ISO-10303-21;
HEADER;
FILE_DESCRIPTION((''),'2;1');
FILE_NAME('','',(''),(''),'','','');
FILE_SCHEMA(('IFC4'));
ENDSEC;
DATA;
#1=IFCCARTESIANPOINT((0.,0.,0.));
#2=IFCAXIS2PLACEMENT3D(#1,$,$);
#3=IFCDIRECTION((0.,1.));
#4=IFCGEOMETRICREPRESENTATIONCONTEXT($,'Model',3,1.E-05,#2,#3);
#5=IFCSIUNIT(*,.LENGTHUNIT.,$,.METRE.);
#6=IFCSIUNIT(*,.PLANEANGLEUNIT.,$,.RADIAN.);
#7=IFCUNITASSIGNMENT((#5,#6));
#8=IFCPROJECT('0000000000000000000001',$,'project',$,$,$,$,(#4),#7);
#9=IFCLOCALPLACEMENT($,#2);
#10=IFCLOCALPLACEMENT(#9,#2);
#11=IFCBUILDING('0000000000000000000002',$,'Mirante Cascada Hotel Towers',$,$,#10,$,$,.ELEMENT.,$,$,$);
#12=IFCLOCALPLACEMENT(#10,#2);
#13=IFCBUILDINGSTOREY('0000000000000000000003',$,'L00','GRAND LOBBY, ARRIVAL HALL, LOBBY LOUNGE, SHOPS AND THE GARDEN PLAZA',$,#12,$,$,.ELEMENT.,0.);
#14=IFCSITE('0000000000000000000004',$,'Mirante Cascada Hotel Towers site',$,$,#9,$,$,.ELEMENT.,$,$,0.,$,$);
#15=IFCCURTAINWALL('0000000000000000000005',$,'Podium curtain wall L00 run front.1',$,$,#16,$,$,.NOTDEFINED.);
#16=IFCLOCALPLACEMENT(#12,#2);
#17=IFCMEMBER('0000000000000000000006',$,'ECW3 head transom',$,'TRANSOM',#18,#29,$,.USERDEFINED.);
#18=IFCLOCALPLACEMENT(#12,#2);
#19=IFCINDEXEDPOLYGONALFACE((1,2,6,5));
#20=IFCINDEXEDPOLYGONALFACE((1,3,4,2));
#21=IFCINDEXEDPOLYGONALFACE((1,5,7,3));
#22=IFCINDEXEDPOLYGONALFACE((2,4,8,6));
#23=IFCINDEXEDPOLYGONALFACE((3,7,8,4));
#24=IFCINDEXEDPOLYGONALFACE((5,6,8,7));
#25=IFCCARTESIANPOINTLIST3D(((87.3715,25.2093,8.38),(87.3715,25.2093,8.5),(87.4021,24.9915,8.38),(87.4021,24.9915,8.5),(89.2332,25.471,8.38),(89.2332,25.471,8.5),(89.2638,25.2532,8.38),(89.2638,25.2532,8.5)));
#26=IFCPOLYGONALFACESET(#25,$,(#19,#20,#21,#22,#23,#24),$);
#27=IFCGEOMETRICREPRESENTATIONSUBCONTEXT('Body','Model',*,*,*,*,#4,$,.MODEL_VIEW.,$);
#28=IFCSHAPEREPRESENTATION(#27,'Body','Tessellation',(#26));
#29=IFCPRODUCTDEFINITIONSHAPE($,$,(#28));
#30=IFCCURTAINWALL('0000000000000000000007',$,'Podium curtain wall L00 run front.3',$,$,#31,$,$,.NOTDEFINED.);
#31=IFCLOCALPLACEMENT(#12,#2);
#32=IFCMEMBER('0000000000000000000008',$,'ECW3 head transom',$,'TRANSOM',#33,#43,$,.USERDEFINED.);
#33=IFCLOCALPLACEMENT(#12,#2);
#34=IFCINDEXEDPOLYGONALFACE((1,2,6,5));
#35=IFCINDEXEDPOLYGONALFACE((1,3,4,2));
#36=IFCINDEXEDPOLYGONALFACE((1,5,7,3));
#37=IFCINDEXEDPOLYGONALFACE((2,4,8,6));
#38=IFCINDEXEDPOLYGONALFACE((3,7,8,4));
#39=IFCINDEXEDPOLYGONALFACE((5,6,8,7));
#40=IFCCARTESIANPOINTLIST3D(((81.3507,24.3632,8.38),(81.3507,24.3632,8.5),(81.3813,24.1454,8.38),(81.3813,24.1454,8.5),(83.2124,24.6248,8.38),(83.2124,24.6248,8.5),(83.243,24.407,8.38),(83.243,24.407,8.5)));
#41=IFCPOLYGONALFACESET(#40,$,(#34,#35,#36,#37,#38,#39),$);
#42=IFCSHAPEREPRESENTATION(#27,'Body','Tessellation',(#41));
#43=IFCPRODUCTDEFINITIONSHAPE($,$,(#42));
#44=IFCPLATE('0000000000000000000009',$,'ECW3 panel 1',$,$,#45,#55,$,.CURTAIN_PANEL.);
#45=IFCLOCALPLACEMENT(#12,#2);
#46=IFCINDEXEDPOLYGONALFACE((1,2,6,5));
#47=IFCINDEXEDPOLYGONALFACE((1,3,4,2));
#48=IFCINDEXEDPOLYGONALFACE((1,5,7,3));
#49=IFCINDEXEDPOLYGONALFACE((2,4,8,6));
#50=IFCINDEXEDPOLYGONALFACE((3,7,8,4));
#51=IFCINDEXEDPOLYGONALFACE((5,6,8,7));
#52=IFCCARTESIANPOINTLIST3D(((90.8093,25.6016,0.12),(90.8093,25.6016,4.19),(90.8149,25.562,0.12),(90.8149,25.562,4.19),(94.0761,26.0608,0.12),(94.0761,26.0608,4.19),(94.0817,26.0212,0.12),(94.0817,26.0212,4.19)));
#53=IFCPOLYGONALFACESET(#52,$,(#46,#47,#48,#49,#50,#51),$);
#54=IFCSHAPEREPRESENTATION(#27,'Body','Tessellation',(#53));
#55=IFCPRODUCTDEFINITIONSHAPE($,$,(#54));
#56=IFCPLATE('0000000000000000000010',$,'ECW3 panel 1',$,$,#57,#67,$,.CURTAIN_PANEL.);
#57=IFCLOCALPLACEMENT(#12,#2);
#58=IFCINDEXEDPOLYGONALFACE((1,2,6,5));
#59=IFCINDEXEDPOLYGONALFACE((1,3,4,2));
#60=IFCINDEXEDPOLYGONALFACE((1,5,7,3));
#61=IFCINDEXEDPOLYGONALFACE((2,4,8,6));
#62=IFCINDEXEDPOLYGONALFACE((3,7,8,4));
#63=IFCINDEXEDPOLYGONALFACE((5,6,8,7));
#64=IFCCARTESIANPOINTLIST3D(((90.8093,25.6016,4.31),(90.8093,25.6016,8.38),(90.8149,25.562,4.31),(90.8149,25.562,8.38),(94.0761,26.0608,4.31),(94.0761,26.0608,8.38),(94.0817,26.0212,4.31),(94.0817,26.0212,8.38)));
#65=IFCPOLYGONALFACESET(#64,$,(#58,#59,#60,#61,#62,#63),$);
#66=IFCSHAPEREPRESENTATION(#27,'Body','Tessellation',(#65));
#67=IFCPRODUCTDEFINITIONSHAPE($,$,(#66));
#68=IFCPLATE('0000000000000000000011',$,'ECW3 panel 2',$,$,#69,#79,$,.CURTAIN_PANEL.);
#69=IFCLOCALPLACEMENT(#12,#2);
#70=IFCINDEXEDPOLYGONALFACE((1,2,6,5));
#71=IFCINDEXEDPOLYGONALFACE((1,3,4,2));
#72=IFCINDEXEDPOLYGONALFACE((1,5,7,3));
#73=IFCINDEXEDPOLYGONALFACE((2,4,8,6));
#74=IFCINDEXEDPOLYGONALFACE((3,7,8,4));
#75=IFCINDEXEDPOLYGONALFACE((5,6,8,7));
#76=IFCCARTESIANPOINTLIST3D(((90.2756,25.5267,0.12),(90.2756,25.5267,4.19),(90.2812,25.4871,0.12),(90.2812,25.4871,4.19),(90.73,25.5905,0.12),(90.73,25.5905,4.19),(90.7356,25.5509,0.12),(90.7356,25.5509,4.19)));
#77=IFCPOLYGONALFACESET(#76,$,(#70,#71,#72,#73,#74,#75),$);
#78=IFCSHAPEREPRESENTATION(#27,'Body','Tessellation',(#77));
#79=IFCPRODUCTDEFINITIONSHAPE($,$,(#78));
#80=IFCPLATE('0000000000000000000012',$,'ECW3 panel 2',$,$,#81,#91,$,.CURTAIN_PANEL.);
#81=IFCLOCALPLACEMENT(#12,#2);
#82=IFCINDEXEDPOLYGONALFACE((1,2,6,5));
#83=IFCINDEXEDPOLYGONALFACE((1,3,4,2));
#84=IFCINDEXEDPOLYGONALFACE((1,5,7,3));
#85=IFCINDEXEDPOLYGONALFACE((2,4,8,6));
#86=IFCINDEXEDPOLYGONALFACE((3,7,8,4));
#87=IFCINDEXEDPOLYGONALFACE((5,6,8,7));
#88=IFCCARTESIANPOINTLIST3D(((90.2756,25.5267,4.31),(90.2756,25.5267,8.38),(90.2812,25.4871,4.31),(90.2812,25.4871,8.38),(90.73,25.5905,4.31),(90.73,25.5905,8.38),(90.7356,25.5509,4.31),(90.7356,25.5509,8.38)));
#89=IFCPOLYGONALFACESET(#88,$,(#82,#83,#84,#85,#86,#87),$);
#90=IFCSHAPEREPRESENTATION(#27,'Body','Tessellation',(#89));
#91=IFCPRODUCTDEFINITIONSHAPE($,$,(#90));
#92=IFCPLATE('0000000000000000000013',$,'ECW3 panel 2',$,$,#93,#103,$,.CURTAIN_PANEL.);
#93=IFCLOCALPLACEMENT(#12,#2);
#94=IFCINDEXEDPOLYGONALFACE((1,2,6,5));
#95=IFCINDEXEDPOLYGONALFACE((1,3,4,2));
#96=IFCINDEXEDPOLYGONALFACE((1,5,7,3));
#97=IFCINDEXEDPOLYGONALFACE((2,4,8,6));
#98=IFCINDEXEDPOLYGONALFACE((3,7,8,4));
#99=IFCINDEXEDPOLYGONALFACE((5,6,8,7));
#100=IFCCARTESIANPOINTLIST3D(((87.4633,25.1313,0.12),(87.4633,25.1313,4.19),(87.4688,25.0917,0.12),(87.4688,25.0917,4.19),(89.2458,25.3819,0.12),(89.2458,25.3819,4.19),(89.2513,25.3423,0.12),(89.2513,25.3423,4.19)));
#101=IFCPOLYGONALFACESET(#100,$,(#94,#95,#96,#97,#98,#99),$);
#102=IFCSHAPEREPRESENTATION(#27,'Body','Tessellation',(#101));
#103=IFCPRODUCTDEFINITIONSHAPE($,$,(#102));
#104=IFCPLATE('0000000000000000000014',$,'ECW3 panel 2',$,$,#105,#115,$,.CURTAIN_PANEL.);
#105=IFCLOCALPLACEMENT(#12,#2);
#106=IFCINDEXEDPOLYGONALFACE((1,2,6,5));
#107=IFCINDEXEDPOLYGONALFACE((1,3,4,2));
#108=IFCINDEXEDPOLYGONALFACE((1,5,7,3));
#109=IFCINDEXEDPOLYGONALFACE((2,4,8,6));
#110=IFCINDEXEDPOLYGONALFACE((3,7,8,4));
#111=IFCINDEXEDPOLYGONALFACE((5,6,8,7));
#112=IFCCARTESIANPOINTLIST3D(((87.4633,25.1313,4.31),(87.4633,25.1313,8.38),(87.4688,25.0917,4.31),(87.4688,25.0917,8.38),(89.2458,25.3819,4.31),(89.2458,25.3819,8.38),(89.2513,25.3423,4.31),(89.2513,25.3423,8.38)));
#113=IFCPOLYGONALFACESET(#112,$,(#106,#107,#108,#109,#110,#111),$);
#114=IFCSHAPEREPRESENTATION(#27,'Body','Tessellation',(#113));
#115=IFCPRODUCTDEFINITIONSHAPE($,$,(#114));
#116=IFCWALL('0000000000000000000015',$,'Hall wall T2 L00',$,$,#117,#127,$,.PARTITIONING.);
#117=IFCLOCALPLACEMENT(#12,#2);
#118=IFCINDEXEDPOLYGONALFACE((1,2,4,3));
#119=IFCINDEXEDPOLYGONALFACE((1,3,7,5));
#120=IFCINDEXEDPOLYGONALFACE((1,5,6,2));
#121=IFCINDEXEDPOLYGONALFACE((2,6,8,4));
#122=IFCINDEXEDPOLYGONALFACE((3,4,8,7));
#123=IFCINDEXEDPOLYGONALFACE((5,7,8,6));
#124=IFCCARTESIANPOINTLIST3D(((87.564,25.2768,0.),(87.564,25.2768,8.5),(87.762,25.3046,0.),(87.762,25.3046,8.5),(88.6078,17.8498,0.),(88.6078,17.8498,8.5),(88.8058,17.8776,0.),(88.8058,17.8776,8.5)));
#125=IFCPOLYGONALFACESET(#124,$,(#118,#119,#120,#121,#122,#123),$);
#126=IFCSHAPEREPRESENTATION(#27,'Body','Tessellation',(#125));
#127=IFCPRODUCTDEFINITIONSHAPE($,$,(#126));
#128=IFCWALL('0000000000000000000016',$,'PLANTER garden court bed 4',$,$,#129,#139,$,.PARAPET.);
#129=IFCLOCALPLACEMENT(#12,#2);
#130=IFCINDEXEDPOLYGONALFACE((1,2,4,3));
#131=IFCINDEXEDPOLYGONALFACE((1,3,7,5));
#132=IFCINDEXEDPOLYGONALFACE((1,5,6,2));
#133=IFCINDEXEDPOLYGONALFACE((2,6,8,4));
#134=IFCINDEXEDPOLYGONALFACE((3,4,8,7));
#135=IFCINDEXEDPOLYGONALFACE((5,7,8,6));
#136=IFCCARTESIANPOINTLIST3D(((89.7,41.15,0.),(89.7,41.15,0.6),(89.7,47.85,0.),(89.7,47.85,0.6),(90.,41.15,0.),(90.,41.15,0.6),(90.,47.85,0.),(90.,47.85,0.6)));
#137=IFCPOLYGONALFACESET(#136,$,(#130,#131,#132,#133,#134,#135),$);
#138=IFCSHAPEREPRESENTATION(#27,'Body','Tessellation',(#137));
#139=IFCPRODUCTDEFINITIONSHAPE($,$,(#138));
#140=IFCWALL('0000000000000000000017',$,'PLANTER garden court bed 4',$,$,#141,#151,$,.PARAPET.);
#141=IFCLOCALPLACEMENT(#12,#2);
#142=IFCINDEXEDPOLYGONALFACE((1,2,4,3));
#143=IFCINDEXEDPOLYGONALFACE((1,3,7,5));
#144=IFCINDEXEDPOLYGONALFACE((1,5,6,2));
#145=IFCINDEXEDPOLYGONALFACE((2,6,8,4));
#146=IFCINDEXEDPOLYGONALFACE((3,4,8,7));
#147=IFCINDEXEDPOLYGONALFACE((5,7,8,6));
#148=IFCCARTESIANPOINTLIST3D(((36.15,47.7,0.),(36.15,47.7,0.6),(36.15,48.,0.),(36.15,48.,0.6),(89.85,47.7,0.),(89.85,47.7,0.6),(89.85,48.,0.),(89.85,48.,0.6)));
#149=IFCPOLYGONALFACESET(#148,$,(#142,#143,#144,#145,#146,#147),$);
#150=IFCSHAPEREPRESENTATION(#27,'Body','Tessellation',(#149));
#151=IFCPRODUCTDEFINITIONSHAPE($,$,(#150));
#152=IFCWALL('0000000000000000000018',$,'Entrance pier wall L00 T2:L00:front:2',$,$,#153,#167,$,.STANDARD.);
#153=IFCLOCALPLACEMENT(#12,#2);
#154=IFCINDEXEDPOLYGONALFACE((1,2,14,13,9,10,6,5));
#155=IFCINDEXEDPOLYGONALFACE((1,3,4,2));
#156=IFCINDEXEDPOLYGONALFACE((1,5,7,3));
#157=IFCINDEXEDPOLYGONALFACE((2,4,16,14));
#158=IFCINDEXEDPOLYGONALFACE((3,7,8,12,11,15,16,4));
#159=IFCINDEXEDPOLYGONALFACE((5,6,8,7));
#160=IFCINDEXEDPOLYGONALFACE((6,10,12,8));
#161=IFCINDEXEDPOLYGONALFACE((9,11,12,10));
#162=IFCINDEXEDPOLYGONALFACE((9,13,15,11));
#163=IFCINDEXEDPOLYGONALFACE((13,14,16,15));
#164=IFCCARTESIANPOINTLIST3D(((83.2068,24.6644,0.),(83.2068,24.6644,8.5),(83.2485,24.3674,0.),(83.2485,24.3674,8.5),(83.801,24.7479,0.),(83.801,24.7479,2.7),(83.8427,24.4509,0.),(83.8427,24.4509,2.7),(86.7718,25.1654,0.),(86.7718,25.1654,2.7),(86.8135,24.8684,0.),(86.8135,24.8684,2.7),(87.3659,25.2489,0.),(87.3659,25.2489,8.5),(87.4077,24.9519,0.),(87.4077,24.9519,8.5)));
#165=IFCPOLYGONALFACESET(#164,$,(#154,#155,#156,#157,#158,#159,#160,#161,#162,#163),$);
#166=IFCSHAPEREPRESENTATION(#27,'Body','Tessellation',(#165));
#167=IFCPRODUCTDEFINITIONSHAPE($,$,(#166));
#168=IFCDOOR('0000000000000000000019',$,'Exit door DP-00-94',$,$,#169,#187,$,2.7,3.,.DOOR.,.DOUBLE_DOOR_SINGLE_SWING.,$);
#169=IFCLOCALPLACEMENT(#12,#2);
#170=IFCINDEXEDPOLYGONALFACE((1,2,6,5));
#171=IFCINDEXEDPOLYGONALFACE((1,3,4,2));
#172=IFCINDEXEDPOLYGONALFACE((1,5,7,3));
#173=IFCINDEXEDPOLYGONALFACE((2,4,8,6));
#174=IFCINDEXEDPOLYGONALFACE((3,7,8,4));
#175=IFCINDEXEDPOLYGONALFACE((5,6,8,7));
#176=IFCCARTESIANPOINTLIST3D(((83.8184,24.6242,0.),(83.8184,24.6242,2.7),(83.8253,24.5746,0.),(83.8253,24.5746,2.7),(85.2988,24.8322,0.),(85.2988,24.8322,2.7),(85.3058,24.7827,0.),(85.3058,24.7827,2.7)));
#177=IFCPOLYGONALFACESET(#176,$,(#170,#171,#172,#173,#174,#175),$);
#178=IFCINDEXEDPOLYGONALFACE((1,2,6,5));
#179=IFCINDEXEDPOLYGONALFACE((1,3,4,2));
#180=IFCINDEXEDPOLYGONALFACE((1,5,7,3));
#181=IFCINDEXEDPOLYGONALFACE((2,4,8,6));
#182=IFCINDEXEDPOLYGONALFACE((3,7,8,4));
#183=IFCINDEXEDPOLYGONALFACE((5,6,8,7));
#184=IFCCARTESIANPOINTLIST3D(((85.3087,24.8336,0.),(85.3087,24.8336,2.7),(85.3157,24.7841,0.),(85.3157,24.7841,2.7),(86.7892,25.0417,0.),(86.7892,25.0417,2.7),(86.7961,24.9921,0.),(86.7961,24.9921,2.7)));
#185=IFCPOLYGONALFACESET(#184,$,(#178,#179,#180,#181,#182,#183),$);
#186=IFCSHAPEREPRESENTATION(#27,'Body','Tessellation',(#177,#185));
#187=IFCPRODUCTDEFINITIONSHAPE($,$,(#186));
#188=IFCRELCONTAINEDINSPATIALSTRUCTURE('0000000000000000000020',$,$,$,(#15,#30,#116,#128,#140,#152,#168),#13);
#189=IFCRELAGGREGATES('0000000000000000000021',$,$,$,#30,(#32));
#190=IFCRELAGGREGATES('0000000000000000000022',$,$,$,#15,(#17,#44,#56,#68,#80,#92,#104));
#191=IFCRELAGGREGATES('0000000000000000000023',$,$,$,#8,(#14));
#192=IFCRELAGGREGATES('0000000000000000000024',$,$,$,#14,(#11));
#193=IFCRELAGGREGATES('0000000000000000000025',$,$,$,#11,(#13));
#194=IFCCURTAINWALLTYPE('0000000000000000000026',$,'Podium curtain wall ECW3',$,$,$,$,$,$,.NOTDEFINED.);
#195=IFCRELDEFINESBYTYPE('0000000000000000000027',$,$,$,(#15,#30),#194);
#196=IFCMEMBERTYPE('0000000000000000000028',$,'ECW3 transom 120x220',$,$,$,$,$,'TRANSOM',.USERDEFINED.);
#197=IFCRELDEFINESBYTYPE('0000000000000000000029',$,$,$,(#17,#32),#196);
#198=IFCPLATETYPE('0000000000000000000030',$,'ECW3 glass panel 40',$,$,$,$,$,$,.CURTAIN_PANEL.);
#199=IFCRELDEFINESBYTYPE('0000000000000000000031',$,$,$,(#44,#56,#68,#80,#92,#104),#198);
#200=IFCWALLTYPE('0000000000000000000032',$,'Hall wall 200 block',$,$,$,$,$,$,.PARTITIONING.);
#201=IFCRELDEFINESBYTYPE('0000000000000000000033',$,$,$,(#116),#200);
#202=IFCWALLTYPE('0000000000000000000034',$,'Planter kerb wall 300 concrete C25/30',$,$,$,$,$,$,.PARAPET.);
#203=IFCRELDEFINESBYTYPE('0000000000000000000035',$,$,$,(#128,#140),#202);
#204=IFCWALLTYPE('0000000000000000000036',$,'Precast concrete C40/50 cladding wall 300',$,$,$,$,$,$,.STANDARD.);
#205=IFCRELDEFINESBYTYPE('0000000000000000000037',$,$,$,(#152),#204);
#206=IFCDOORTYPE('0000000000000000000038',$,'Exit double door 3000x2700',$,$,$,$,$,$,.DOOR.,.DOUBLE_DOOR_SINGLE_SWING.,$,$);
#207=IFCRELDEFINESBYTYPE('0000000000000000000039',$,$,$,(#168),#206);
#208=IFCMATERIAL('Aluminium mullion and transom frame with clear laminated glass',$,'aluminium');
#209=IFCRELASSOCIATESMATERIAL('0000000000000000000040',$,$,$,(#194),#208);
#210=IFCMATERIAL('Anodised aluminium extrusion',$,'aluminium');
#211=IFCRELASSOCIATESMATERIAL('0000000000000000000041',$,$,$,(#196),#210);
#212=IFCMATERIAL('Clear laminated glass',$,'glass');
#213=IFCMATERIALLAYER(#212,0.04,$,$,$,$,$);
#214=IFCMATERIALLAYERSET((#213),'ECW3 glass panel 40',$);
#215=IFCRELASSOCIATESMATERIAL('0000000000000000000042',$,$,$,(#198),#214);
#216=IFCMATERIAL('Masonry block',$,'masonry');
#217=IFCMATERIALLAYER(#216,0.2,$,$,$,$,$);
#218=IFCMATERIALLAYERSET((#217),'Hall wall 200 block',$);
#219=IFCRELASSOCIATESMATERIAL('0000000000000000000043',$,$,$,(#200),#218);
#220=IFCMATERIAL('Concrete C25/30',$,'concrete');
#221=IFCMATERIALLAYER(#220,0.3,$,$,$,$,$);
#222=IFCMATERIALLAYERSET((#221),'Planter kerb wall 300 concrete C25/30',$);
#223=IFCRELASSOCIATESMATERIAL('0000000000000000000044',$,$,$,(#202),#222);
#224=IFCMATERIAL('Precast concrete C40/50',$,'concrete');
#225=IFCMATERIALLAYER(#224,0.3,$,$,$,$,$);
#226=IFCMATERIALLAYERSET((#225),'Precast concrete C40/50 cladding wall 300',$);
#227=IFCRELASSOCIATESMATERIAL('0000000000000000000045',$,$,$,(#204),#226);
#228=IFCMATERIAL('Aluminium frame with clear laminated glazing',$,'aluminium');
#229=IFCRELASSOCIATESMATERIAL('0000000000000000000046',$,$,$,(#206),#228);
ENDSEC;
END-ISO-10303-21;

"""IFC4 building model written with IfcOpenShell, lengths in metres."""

from ifc_helpers import new_model, si_unit, direction, frame, frame_2d, origin, origin_2d, place, context, subcontext, project, spatial, rectangle, extrude, material, layer, layer_set, material_profile, profile_set, type_object, element, fill, aggregate, save


model = new_model("IFC4")

# Units and contexts
model_context = context("Model", 3, precision=1e-05, world=origin(), true_north=direction((0.0, 1.0)))
body_context = subcontext(model_context, "Body", "Model", "MODEL_VIEW")
ifc_project = project(units=[si_unit("LENGTHUNIT", "METRE"), si_unit("PLANEANGLEUNIT", "RADIAN")], contexts=[model_context])

# Site, building, storey
site_placement = place(None, origin())
site = spatial("IfcSite", under=ifc_project, at=site_placement, Name="Mirante Cascada Hotel Towers site", CompositionType="ELEMENT", RefElevation=0.0)
building_placement = place(site_placement, origin())
building = spatial("IfcBuilding", under=site, at=building_placement, Name="Mirante Cascada Hotel Towers", CompositionType="ELEMENT")
storey_placement = place(building_placement, origin())
storey = spatial("IfcBuildingStorey", under=building, at=storey_placement, Name="L00", Description="GRAND LOBBY, ARRIVAL HALL, LOBBY LOUNGE, SHOPS AND THE GARDEN PLAZA", CompositionType="ELEMENT", Elevation=0.0)

# Curtain wall, member
ifc_material_1 = material(Name="Aluminium mullion and transom frame with clear laminated glass", Category="aluminium")
curtain_wall_type = type_object("IfcCurtainWallType", Name="Podium curtain wall ECW3", PredefinedType="NOTDEFINED", material=ifc_material_1)
curtain_wall_1_placement = place(storey_placement, origin())
curtain_wall_1 = element("IfcCurtainWall", 1, at=curtain_wall_1_placement, inside=storey, type_object=curtain_wall_type, Name="Podium curtain wall L00 run front.1", PredefinedType="NOTDEFINED")
ifc_material_2 = material(Name="Anodised aluminium extrusion", Category="aluminium")
ifc_material_profile_1 = material_profile(ifc_material_2, rectangle(XDim=0.22, YDim=0.12, at=origin_2d()), Name="ECW3 TRANSOM 120x220")
ifc_profile_set_1 = profile_set([ifc_material_profile_1], Name="Anodised aluminium extrusion")
member_type_1 = type_object("IfcMemberType", Name="ECW3 transom 120x220", ElementType="TRANSOM", PredefinedType="USERDEFINED", material=ifc_profile_set_1)
member_1_placement = place(storey_placement, frame((89.2485, 25.3621, 8.44), z_axis=(-0.990264, -0.139202, 0.0), x_axis=(0.139202, -0.990264, 0.0)))
member_1 = element("IfcMember", 2, at=member_1_placement, type_object=member_type_1, Name="ECW3 head transom", ObjectType="TRANSOM", PredefinedType="USERDEFINED", context=body_context, shape_type="SweptSolid", body=[
    extrude(rectangle(XDim=0.22, YDim=0.12, at=origin_2d()), origin(), (0.0, 0.0, 1.0), 1.88),
])

# Curtain wall, member
curtain_wall_2_placement = place(storey_placement, origin())
curtain_wall_2 = element("IfcCurtainWall", 3, at=curtain_wall_2_placement, inside=storey, type_object=curtain_wall_type, Name="Podium curtain wall L00 run front.3", PredefinedType="NOTDEFINED")
member_2_placement = place(storey_placement, frame((83.2277, 24.5159, 8.44), z_axis=(-0.990271, -0.13915, 0.0), x_axis=(0.13915, -0.990271, 0.0)))
member_2 = element("IfcMember", 4, at=member_2_placement, type_object=member_type_1, Name="ECW3 head transom", ObjectType="TRANSOM", PredefinedType="USERDEFINED", context=body_context, shape_type="SweptSolid", body=[
    extrude(rectangle(XDim=0.22, YDim=0.12, at=origin_2d()), origin(), (0.0, 0.0, 1.0), 1.88),
])
aggregate(curtain_wall_2, [member_2])

# Plates
ifc_material_3 = material(Name="Clear laminated glass", Category="glass")
ifc_layer_1 = layer(ifc_material_3, 0.04)
ifc_layer_set_1 = layer_set([ifc_layer_1], Name="ECW3 glass panel 40")
plate_type = type_object("IfcPlateType", Name="ECW3 glass panel 40", PredefinedType="CURTAIN_PANEL", material=ifc_layer_set_1)
plate_1_placement = place(storey_placement, frame((92.4455, 25.8114, 0.12), z_axis=(0.0, 0.0, 1.0), x_axis=(-0.990268, -0.139173, 0.0)))
plate_1 = element("IfcPlate", 5, at=plate_1_placement, type_object=plate_type, Name="ECW3 panel 1", PredefinedType="CURTAIN_PANEL", context=body_context, shape_type="SweptSolid", body=[
    extrude(rectangle(XDim=3.2989, YDim=0.04, at=origin_2d()), origin(), (0.0, 0.0, 1.0), 4.07),
])
plate_2_placement = place(storey_placement, frame((92.4455, 25.8114, 4.31), z_axis=(0.0, 0.0, 1.0), x_axis=(-0.990268, -0.139173, 0.0)))
plate_2 = element("IfcPlate", 6, at=plate_2_placement, type_object=plate_type, Name="ECW3 panel 1", PredefinedType="CURTAIN_PANEL", context=body_context, shape_type="SweptSolid", body=[
    extrude(rectangle(XDim=3.2989, YDim=0.04, at=origin_2d()), origin(), (0.0, 0.0, 1.0), 4.07),
])
plate_3_placement = place(storey_placement, frame((90.5056, 25.5388, 0.12), z_axis=(0.0, 0.0, 1.0), x_axis=(-0.990268, -0.139173, 0.0)))
plate_3 = element("IfcPlate", 7, at=plate_3_placement, type_object=plate_type, Name="ECW3 panel 2", PredefinedType="CURTAIN_PANEL", context=body_context, shape_type="SweptSolid", body=[
    extrude(rectangle(XDim=0.4589, YDim=0.04, at=origin_2d()), origin(), (0.0, 0.0, 1.0), 4.07),
])
plate_4_placement = place(storey_placement, frame((90.5056, 25.5388, 4.31), z_axis=(0.0, 0.0, 1.0), x_axis=(-0.990268, -0.139173, 0.0)))
plate_4 = element("IfcPlate", 8, at=plate_4_placement, type_object=plate_type, Name="ECW3 panel 2", PredefinedType="CURTAIN_PANEL", context=body_context, shape_type="SweptSolid", body=[
    extrude(rectangle(XDim=0.4589, YDim=0.04, at=origin_2d()), origin(), (0.0, 0.0, 1.0), 4.07),
])
plate_5_placement = place(storey_placement, frame((88.3573, 25.2368, 0.12), z_axis=(0.0, 0.0, 1.0), x_axis=(-0.990268, -0.139173, 0.0)))
plate_5 = element("IfcPlate", 9, at=plate_5_placement, type_object=plate_type, Name="ECW3 panel 2", PredefinedType="CURTAIN_PANEL", context=body_context, shape_type="SweptSolid", body=[
    extrude(rectangle(XDim=1.8, YDim=0.04, at=origin_2d()), origin(), (0.0, 0.0, 1.0), 4.07),
])
plate_6_placement = place(storey_placement, frame((88.3573, 25.2368, 4.31), z_axis=(0.0, 0.0, 1.0), x_axis=(-0.990268, -0.139173, 0.0)))
plate_6 = element("IfcPlate", 10, at=plate_6_placement, type_object=plate_type, Name="ECW3 panel 2", PredefinedType="CURTAIN_PANEL", context=body_context, shape_type="SweptSolid", body=[
    extrude(rectangle(XDim=1.8, YDim=0.04, at=origin_2d()), origin(), (0.0, 0.0, 1.0), 4.07),
])
aggregate(curtain_wall_1, [member_1, plate_1, plate_2, plate_3, plate_4, plate_5, plate_6])

# Walls
ifc_material_4 = material(Name="Masonry block", Category="masonry")
ifc_layer_2 = layer(ifc_material_4, 0.2)
ifc_layer_set_2 = layer_set([ifc_layer_2], Name="Hall wall 200 block")
wall_type_1 = type_object("IfcWallType", Name="Hall wall 200 block", PredefinedType="PARTITIONING", material=ifc_layer_set_2)
wall_1_placement = place(storey_placement, frame((87.663, 25.2907, 0.0), z_axis=(0.0, 0.0, 1.0), x_axis=(0.139174, -0.990268, 0.0)))
element("IfcWall", 11, at=wall_1_placement, inside=storey, type_object=wall_type_1, Name="Hall wall T2 L00", PredefinedType="PARTITIONING", context=body_context, shape_type="SweptSolid", body=[
    extrude(rectangle(XDim=7.5, YDim=0.2, at=frame_2d((3.75, 0.0))), origin(), (0.0, 0.0, 1.0), 8.5),
])
ifc_material_5 = material(Name="Concrete C25/30", Category="concrete")
ifc_layer_3 = layer(ifc_material_5, 0.3)
ifc_layer_set_3 = layer_set([ifc_layer_3], Name="Planter kerb wall 300 concrete C25/30")
wall_type_2 = type_object("IfcWallType", Name="Planter kerb wall 300 concrete C25/30", PredefinedType="PARAPET", material=ifc_layer_set_3)
wall_2_placement = place(storey_placement, frame((89.85, 41.15, 0.0), z_axis=(0.0, 0.0, 1.0), x_axis=(0.0, 1.0, 0.0)))
element("IfcWall", 12, at=wall_2_placement, inside=storey, type_object=wall_type_2, Name="PLANTER garden court bed 4", PredefinedType="PARAPET", context=body_context, shape_type="SweptSolid", body=[
    extrude(rectangle(XDim=6.7, YDim=0.3, at=frame_2d((3.35, 0.0))), origin(), (0.0, 0.0, 1.0), 0.6),
])
wall_3_placement = place(storey_placement, frame((89.85, 47.85, 0.0), z_axis=(0.0, 0.0, 1.0), x_axis=(-1.0, 0.0, 0.0)))
element("IfcWall", 13, at=wall_3_placement, inside=storey, type_object=wall_type_2, Name="PLANTER garden court bed 4", PredefinedType="PARAPET", context=body_context, shape_type="SweptSolid", body=[
    extrude(rectangle(XDim=53.7, YDim=0.3, at=frame_2d((26.85, 0.0))), origin(), (0.0, 0.0, 1.0), 0.6),
])

# Wall, opening, door
ifc_material_6 = material(Name="Precast concrete C40/50", Category="concrete")
ifc_layer_4 = layer(ifc_material_6, 0.3)
ifc_layer_set_4 = layer_set([ifc_layer_4], Name="Precast concrete C40/50 cladding wall 300")
wall_type_3 = type_object("IfcWallType", Name="Precast concrete C40/50 cladding wall 300", PredefinedType="STANDARD", material=ifc_layer_set_4)
wall_4_placement = place(storey_placement, frame((87.3868, 25.1004, 0.0), z_axis=(0.0, 0.0, 1.0), x_axis=(-0.990269, -0.139168, 0.0)))
wall_4 = element("IfcWall", 14, at=wall_4_placement, inside=storey, type_object=wall_type_3, Name="Entrance pier wall L00 T2:L00:front:2", PredefinedType="STANDARD", context=body_context, shape_type="SweptSolid", body=[
    extrude(rectangle(XDim=4.2, YDim=0.3, at=frame_2d((2.1, 0.0))), origin(), (0.0, 0.0, 1.0), 8.5),
])
opening_placement = place(wall_4_placement, frame((0.6, 0.0, 0.0)))
opening = element("IfcOpeningElement", 15, at=opening_placement, cuts=wall_4, PredefinedType="OPENING", context=body_context, shape_type="SweptSolid", body=[
    extrude(rectangle(XDim=3.0, YDim=2.7, at=frame_2d((1.5, 1.35))), frame((0.0, 0.15, 0.0), z_axis=(0.0, -1.0, 0.0), x_axis=(1.0, 0.0, 0.0)), (0.0, 0.0, 1.0), 0.3),
])
ifc_material_7 = material(Name="Aluminium frame with clear laminated glazing", Category="aluminium")
door_type = type_object("IfcDoorType", Name="Exit double door 3000x2700", OperationType="DOUBLE_DOOR_SINGLE_SWING", PredefinedType="DOOR", material=ifc_material_7)
door_placement = place(opening_placement, frame((3.0, 0.0, 0.0), z_axis=(0.0, 0.0, 1.0), x_axis=(-1.0, 0.0, 0.0)))
door = element("IfcDoor", 16, at=door_placement, inside=storey, type_object=door_type, Name="Exit door DP-00-94", OperationType="DOUBLE_DOOR_SINGLE_SWING", OverallHeight=2.7, OverallWidth=3.0, PredefinedType="DOOR", context=body_context, shape_type="SweptSolid", body=[
    extrude(rectangle(XDim=1.495, YDim=2.7, at=frame_2d((0.7475, 1.35))), frame((0.0, 0.025, 0.0), z_axis=(0.0, -1.0, 0.0), x_axis=(1.0, 0.0, 0.0)), (0.0, 0.0, 1.0), 0.05),
    extrude(rectangle(XDim=1.495, YDim=2.7, at=frame_2d((2.2525, 1.35))), frame((0.0, 0.025, 0.0), z_axis=(0.0, -1.0, 0.0), x_axis=(1.0, 0.0, 0.0)), (0.0, 0.0, 1.0), 0.05),
])
fill(opening, door)

save(model, "model.ifc")
